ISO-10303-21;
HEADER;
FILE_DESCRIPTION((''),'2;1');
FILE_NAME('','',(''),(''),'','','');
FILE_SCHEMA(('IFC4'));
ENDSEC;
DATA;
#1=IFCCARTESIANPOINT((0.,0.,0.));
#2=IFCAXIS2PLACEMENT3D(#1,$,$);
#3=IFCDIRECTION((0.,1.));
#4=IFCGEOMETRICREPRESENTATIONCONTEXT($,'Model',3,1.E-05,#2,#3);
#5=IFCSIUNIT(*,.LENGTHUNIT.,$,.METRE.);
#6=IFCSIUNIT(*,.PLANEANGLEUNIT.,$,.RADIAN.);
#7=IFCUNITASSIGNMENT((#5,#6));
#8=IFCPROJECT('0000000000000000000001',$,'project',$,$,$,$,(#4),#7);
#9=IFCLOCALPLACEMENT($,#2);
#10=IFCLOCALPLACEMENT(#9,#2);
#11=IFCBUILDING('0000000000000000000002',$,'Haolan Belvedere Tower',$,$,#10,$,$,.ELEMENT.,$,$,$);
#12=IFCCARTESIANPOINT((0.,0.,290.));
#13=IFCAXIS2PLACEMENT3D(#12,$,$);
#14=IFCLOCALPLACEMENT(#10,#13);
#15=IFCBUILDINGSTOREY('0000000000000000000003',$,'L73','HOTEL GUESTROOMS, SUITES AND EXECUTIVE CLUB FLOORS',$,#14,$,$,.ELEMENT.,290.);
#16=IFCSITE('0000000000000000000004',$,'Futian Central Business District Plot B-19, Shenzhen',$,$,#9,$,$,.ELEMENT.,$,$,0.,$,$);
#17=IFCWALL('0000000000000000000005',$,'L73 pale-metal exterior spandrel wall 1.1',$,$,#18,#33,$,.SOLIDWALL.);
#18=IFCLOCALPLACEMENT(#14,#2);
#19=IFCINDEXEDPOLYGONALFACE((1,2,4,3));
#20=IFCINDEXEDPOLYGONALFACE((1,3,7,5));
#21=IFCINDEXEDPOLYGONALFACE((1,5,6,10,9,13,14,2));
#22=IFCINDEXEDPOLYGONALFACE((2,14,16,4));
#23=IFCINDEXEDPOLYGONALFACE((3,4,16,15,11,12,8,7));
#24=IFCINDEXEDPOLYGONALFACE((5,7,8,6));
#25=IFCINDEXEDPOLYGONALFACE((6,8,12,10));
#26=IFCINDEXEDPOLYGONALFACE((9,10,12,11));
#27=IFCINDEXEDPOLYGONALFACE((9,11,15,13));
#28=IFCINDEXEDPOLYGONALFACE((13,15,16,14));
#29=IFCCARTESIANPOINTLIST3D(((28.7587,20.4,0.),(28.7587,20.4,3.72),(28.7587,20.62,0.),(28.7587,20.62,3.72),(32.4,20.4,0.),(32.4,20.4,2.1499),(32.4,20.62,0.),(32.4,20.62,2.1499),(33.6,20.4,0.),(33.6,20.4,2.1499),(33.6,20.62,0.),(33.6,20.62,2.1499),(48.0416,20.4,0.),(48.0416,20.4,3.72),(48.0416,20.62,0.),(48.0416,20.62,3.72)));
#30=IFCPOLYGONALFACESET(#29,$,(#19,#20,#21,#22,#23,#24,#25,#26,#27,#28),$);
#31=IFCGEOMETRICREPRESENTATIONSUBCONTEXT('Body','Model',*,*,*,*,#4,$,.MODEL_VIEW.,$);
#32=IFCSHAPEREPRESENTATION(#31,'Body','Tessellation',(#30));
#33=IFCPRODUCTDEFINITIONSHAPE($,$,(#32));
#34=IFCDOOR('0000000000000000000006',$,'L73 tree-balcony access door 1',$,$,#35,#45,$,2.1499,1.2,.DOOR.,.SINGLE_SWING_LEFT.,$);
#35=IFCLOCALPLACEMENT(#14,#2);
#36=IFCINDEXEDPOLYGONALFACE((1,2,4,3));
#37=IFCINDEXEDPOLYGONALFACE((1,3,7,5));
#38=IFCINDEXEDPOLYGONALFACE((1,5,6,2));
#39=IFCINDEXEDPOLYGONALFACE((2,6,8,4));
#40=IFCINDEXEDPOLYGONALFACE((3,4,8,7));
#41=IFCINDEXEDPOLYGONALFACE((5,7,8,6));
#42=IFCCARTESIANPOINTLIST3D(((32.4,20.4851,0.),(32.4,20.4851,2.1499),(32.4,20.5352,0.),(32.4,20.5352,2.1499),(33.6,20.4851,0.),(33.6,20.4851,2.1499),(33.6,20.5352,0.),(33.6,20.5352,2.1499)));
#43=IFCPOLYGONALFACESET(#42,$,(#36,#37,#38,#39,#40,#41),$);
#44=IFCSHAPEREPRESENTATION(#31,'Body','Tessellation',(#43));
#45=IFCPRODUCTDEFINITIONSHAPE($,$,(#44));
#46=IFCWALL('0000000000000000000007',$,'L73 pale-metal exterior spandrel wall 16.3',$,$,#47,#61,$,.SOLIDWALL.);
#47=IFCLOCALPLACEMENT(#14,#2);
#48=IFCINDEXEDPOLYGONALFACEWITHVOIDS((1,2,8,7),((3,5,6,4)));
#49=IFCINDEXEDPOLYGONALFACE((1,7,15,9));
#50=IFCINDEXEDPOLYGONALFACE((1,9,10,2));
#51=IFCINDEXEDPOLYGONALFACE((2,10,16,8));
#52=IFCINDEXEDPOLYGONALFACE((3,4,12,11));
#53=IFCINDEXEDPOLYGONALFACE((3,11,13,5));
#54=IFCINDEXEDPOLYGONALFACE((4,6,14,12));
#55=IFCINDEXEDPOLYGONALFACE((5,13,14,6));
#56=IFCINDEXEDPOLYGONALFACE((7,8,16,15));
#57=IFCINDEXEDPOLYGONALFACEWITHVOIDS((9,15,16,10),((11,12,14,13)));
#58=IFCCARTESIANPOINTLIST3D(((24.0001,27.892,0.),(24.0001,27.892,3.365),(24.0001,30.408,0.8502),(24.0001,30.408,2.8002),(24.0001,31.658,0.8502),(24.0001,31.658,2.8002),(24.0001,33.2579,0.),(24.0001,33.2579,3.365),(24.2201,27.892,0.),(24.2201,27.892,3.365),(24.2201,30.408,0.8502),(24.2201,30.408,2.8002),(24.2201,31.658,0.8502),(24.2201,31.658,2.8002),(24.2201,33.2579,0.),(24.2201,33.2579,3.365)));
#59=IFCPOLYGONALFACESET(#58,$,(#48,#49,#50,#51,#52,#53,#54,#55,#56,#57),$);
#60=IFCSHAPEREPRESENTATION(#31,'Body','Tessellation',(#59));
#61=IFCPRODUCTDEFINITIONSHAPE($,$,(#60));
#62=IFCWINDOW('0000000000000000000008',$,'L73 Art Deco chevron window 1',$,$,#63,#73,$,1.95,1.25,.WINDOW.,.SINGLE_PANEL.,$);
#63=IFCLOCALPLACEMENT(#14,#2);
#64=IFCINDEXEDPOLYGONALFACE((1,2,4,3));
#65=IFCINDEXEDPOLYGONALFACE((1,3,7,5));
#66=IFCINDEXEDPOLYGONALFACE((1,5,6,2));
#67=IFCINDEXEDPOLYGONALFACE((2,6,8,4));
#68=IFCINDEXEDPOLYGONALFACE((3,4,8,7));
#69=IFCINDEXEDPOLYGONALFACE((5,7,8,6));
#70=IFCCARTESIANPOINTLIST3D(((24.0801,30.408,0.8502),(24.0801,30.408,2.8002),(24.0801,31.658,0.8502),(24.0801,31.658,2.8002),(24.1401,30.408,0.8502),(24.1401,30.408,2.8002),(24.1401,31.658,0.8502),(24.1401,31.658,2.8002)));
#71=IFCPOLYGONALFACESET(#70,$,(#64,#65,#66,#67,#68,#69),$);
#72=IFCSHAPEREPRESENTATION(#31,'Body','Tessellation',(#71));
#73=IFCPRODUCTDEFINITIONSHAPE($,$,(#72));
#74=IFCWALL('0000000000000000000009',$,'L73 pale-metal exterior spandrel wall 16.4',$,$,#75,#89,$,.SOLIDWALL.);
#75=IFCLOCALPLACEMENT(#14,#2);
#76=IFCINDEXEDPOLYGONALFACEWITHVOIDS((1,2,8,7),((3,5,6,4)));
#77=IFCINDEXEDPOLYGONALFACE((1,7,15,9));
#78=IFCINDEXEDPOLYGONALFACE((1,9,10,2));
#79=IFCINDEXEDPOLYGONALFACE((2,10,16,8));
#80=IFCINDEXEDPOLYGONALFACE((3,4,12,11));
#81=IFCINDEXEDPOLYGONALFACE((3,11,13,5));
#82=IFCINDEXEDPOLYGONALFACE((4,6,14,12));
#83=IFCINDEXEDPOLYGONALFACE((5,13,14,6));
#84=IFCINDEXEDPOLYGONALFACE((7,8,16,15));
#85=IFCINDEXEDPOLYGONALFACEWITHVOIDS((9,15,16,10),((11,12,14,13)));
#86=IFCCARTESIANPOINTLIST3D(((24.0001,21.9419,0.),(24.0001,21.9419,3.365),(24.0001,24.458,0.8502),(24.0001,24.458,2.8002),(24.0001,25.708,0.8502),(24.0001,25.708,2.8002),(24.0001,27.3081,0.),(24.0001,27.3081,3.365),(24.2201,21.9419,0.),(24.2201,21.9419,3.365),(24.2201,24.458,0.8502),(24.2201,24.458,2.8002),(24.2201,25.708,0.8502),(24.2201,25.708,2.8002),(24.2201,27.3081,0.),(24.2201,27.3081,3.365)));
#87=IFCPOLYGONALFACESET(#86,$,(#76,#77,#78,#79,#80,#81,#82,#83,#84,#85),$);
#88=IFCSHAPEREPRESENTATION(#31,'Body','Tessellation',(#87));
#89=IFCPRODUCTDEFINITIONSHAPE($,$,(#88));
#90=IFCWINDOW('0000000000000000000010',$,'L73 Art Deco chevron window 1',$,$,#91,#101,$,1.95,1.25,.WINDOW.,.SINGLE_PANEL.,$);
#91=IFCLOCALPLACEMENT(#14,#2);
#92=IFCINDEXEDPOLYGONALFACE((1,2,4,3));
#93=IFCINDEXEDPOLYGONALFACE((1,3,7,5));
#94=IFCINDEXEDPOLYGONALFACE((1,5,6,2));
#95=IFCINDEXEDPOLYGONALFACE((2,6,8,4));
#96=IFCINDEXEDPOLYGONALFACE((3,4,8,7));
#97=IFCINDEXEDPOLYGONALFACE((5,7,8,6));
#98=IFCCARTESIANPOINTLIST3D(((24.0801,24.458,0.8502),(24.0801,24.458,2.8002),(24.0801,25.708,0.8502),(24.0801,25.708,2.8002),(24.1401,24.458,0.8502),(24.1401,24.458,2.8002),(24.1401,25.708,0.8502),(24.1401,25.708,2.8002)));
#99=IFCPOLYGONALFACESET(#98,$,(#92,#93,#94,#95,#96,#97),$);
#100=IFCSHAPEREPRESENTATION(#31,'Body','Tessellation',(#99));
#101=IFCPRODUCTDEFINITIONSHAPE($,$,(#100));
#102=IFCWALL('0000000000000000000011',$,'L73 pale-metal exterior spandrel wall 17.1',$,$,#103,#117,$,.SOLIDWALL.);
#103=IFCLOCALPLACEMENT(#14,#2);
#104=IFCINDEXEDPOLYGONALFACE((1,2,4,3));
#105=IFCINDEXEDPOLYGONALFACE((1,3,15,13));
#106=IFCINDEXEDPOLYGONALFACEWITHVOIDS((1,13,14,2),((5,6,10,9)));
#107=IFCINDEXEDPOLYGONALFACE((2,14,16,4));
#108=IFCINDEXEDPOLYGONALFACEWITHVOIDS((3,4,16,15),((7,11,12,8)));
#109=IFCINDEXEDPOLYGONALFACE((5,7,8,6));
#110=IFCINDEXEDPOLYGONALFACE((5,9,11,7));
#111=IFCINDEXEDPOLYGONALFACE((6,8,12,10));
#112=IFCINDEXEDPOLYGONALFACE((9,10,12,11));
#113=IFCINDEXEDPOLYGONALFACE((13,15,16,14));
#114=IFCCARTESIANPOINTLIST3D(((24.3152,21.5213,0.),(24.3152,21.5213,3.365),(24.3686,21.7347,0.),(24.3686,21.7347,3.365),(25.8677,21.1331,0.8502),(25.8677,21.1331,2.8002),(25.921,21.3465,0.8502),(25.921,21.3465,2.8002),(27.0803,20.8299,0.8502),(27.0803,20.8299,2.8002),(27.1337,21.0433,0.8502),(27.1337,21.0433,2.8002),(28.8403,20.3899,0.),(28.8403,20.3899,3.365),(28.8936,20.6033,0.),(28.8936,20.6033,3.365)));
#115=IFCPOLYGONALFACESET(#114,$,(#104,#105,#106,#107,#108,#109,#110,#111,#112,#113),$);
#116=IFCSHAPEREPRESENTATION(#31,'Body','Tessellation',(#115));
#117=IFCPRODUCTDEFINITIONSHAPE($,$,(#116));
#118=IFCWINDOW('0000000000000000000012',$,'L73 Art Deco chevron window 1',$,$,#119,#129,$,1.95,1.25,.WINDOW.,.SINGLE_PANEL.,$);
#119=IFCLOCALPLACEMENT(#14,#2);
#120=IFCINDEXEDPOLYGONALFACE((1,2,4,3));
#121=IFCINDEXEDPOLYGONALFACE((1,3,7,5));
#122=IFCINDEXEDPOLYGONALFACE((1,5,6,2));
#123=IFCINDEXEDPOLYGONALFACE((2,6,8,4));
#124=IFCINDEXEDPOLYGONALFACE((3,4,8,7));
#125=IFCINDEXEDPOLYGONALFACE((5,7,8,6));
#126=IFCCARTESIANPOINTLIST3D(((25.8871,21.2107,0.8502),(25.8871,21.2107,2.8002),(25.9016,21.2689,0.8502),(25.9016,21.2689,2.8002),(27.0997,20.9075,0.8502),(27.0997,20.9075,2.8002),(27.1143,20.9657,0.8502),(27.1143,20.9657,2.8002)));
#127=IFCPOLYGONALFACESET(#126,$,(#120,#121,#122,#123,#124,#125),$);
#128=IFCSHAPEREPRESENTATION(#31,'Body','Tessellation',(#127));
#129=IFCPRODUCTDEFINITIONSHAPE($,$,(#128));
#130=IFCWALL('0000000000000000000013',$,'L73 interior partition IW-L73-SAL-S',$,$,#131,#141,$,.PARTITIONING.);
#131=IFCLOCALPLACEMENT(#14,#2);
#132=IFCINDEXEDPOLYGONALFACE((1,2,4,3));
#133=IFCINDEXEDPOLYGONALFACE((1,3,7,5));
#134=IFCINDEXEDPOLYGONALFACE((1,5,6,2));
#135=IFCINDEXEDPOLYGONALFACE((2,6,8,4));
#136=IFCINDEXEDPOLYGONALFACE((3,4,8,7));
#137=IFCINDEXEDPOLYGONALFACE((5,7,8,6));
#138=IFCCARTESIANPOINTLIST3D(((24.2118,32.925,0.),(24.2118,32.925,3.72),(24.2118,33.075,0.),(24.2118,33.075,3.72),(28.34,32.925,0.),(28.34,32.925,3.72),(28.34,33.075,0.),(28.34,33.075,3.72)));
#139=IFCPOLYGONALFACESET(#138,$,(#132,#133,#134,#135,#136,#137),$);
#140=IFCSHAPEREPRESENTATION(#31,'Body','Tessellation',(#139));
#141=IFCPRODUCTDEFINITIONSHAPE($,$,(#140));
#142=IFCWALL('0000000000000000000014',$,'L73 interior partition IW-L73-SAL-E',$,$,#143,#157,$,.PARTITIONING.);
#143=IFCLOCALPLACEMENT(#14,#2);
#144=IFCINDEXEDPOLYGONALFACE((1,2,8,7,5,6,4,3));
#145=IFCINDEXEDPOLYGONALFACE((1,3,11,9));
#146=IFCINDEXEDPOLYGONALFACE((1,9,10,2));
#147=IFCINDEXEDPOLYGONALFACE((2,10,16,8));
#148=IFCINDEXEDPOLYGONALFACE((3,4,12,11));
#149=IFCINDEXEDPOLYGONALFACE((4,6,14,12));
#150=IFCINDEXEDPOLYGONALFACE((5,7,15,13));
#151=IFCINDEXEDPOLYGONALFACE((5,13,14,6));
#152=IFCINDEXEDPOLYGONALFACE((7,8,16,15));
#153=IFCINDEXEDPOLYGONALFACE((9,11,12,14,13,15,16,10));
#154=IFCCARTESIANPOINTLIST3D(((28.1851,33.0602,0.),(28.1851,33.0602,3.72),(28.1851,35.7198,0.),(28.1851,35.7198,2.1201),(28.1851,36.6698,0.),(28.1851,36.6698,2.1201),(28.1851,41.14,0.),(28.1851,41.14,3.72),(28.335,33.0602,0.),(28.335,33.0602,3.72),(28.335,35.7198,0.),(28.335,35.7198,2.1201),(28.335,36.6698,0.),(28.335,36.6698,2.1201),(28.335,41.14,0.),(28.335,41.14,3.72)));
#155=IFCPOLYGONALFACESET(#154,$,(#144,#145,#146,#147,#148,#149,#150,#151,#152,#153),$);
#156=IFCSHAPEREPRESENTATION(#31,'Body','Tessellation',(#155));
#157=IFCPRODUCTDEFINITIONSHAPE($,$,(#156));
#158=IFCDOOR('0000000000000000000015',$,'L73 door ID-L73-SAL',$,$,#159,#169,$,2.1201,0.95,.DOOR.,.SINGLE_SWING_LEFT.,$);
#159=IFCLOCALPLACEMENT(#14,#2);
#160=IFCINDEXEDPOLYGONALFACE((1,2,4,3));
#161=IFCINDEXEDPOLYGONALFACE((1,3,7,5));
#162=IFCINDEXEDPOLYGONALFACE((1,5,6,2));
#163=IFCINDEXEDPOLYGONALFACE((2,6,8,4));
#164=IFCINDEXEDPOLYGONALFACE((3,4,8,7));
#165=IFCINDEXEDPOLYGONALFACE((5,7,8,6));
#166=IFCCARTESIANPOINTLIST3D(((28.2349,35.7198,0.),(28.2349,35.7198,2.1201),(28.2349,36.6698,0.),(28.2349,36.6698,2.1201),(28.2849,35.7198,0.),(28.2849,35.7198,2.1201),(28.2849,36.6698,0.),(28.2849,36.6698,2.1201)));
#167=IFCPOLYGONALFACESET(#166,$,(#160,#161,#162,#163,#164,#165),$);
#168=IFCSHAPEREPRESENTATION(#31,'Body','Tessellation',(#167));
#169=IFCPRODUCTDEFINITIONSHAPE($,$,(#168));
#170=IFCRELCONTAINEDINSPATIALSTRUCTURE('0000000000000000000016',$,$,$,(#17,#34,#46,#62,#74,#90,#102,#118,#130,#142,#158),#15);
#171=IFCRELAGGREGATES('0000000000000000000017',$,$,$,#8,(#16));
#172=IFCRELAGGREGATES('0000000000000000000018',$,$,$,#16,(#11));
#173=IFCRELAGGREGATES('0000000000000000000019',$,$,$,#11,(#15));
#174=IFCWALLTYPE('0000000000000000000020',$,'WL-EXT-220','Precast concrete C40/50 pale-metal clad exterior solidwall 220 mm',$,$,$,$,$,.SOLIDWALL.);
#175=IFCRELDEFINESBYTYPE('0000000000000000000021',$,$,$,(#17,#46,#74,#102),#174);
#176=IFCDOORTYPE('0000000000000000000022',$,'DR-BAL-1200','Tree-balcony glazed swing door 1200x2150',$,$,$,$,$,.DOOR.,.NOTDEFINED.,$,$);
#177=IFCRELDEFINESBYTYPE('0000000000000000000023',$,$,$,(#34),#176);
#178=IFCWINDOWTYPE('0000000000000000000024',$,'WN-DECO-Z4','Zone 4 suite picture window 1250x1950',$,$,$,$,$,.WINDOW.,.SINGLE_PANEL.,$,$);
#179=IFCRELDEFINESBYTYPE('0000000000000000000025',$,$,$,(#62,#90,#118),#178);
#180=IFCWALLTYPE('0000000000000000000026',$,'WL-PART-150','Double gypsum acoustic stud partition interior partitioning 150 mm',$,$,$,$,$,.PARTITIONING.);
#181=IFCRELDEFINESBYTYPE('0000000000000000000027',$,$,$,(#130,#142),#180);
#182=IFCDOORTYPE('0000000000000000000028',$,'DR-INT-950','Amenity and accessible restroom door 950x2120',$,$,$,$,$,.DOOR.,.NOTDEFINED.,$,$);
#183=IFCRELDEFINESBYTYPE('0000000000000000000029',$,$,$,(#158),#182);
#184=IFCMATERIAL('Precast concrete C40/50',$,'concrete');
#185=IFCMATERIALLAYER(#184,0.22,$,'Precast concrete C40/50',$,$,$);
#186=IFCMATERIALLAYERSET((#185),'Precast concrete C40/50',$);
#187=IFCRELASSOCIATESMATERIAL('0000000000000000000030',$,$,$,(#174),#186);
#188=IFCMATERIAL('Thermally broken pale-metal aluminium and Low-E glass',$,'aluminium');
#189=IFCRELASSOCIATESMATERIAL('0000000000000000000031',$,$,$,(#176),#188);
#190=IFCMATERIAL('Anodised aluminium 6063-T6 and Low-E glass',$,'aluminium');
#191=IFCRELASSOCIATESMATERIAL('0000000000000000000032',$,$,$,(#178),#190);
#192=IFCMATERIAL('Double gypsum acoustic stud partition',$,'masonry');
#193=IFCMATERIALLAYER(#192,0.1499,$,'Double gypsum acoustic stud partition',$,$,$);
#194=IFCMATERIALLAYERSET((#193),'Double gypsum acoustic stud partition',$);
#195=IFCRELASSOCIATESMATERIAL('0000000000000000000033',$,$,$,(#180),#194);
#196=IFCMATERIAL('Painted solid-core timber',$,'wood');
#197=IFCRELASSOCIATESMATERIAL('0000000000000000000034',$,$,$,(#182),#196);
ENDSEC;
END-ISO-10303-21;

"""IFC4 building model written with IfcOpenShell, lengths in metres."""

from ifc_helpers import new_model, si_unit, direction, frame, frame_2d, origin, place, context, subcontext, project, spatial, rectangle, extrude, material, layer, layer_set, type_object, element, fill, save


model = new_model("IFC4")

# Units and contexts
model_context = context("Model", 3, precision=1e-05, world=origin(), true_north=direction((0.0, 1.0)))
body_context = subcontext(model_context, "Body", "Model", "MODEL_VIEW")
ifc_project = project(units=[si_unit("LENGTHUNIT", "METRE"), si_unit("PLANEANGLEUNIT", "RADIAN")], contexts=[model_context])

# Site, building, storey
site_placement = place(None, origin())
site = spatial("IfcSite", under=ifc_project, at=site_placement, Name="Futian Central Business District Plot B-19, Shenzhen", CompositionType="ELEMENT", RefElevation=0.0)
building_placement = place(site_placement, origin())
building = spatial("IfcBuilding", under=site, at=building_placement, Name="Haolan Belvedere Tower", CompositionType="ELEMENT")
storey_placement = place(building_placement, frame((0.0, 0.0, 290.0)))
storey = spatial("IfcBuildingStorey", under=building, at=storey_placement, Name="L73", Description="HOTEL GUESTROOMS, SUITES AND EXECUTIVE CLUB FLOORS", CompositionType="ELEMENT", Elevation=290.0)

# Wall, opening, door
ifc_material_1 = material(Name="Precast concrete C40/50", Category="concrete")
ifc_layer_1 = layer(ifc_material_1, 0.22, Name="Precast concrete C40/50")
ifc_layer_set_1 = layer_set([ifc_layer_1], Name="Precast concrete C40/50")
wall_type_1 = type_object("IfcWallType", Name="WL-EXT-220", Description="Precast concrete C40/50 pale-metal clad exterior solidwall 220 mm", PredefinedType="SOLIDWALL", material=ifc_layer_set_1)
wall_1_placement = place(storey_placement, frame((28.7585, 20.51, 0.0), z_axis=(0.0, 0.0, 1.0), x_axis=(1.0, 0.0, 0.0)))
wall_1 = element("IfcWall", 1, at=wall_1_placement, inside=storey, type_object=wall_type_1, Name="L73 pale-metal exterior spandrel wall 1.1", PredefinedType="SOLIDWALL", context=body_context, shape_type="SweptSolid", body=[
    extrude(rectangle(XDim=19.283, YDim=0.22, at=frame_2d((9.6416, 0.0))), origin(), (0.0, 0.0, 1.0), 3.72),
])
opening_1_placement = place(wall_1_placement, frame((4.8416, 0.0, 0.0), z_axis=(0.0, 0.0, 1.0), x_axis=(-1.0, 0.0, 0.0)))
opening_1 = element("IfcOpeningElement", 2, at=opening_1_placement, cuts=wall_1, PredefinedType="OPENING", context=body_context, shape_type="SweptSolid", body=[
    extrude(rectangle(XDim=1.2, YDim=2.1499, at=frame_2d((0.6001, 1.075))), frame((0.0, 0.1199, 0.0), z_axis=(0.0, -1.0, 0.0), x_axis=(1.0, 0.0, 0.0)), (0.0, 0.0, 1.0), 0.24),
])
ifc_material_2 = material(Name="Thermally broken pale-metal aluminium and Low-E glass", Category="aluminium")
door_type_1 = type_object("IfcDoorType", Name="DR-BAL-1200", Description="Tree-balcony glazed swing door 1200x2150", OperationType="NOTDEFINED", PredefinedType="DOOR", material=ifc_material_2)
door_1_placement = place(opening_1_placement, origin())
door_1 = element("IfcDoor", 3, at=door_1_placement, inside=storey, type_object=door_type_1, Name="L73 tree-balcony access door 1", OperationType="SINGLE_SWING_LEFT", OverallHeight=2.1499, OverallWidth=1.2, PredefinedType="DOOR", context=body_context, shape_type="SweptSolid", body=[
    extrude(rectangle(XDim=1.2, YDim=2.1499, at=frame_2d((0.6001, 1.075))), frame((0.0, 0.0249, 0.0), z_axis=(0.0, -1.0, 0.0), x_axis=(1.0, 0.0, 0.0)), (0.0, 0.0, 1.0), 0.05),
])
fill(opening_1, door_1)

# Walls, openings, windows
wall_2_placement = place(storey_placement, frame((24.1101, 33.2581, 0.0), z_axis=(0.0, 0.0, 1.0), x_axis=(0.0, -1.0, 0.0)))
wall_2 = element("IfcWall", 4, at=wall_2_placement, inside=storey, type_object=wall_type_1, Name="L73 pale-metal exterior spandrel wall 16.3", PredefinedType="SOLIDWALL", context=body_context, shape_type="SweptSolid", body=[
    extrude(rectangle(XDim=5.366, YDim=0.22, at=frame_2d((2.6831, 0.0))), origin(), (0.0, 0.0, 1.0), 3.365),
])
opening_2_placement = place(wall_2_placement, frame((1.6001, 0.0, 0.8501)))
opening_2 = element("IfcOpeningElement", 5, at=opening_2_placement, cuts=wall_2, PredefinedType="OPENING", context=body_context, shape_type="SweptSolid", body=[
    extrude(rectangle(XDim=1.25, YDim=1.95, at=frame_2d((0.625, 0.9751))), frame((0.0, 0.1199, 0.0), z_axis=(0.0, -1.0, 0.0), x_axis=(1.0, 0.0, 0.0)), (0.0, 0.0, 1.0), 0.24),
])
ifc_material_3 = material(Name="Anodised aluminium 6063-T6 and Low-E glass", Category="aluminium")
window_type = type_object("IfcWindowType", Name="WN-DECO-Z4", Description="Zone 4 suite picture window 1250x1950", PartitioningType="SINGLE_PANEL", PredefinedType="WINDOW", material=ifc_material_3)
window_1_placement = place(opening_2_placement, origin())
window_1 = element("IfcWindow", 6, at=window_1_placement, inside=storey, type_object=window_type, Name="L73 Art Deco chevron window 1", OverallHeight=1.95, OverallWidth=1.25, PartitioningType="SINGLE_PANEL", PredefinedType="WINDOW", context=body_context, shape_type="SweptSolid", body=[
    extrude(rectangle(XDim=1.25, YDim=1.95, at=frame_2d((0.625, 0.9751))), frame((0.0, 0.03, 0.0), z_axis=(0.0, -1.0, 0.0), x_axis=(1.0, 0.0, 0.0)), (0.0, 0.0, 1.0), 0.0601),
])
fill(opening_2, window_1)
wall_3_placement = place(storey_placement, frame((24.1101, 27.3081, 0.0), z_axis=(0.0, 0.0, 1.0), x_axis=(0.0, -1.0, 0.0)))
wall_3 = element("IfcWall", 7, at=wall_3_placement, inside=storey, type_object=wall_type_1, Name="L73 pale-metal exterior spandrel wall 16.4", PredefinedType="SOLIDWALL", context=body_context, shape_type="SweptSolid", body=[
    extrude(rectangle(XDim=5.3662, YDim=0.22, at=frame_2d((2.6831, 0.0))), origin(), (0.0, 0.0, 1.0), 3.365),
])
opening_3_placement = place(wall_3_placement, frame((1.6001, 0.0, 0.8501)))
opening_3 = element("IfcOpeningElement", 8, at=opening_3_placement, cuts=wall_3, PredefinedType="OPENING", context=body_context, shape_type="SweptSolid", body=[
    extrude(rectangle(XDim=1.25, YDim=1.95, at=frame_2d((0.625, 0.9751))), frame((0.0, 0.1199, 0.0), z_axis=(0.0, -1.0, 0.0), x_axis=(1.0, 0.0, 0.0)), (0.0, 0.0, 1.0), 0.24),
])
window_2_placement = place(opening_3_placement, origin())
window_2 = element("IfcWindow", 9, at=window_2_placement, inside=storey, type_object=window_type, Name="L73 Art Deco chevron window 1", OverallHeight=1.95, OverallWidth=1.25, PartitioningType="SINGLE_PANEL", PredefinedType="WINDOW", context=body_context, shape_type="SweptSolid", body=[
    extrude(rectangle(XDim=1.25, YDim=1.95, at=frame_2d((0.625, 0.9751))), frame((0.0, 0.03, 0.0), z_axis=(0.0, -1.0, 0.0), x_axis=(1.0, 0.0, 0.0)), (0.0, 0.0, 1.0), 0.0601),
])
fill(opening_3, window_2)
wall_4_placement = place(storey_placement, frame((24.342, 21.6279, 0.0), z_axis=(0.0, 0.0, 1.0), x_axis=(0.970136, -0.24256, 0.0)))
wall_4 = element("IfcWall", 10, at=wall_4_placement, inside=storey, type_object=wall_type_1, Name="L73 pale-metal exterior spandrel wall 17.1", PredefinedType="SOLIDWALL", context=body_context, shape_type="SweptSolid", body=[
    extrude(rectangle(XDim=4.6643, YDim=0.22, at=frame_2d((2.332, 0.0))), origin(), (0.0, 0.0, 1.0), 3.365),
])
opening_4_placement = place(wall_4_placement, frame((1.6001, 0.0, 0.8501)))
opening_4 = element("IfcOpeningElement", 11, at=opening_4_placement, cuts=wall_4, PredefinedType="OPENING", context=body_context, shape_type="SweptSolid", body=[
    extrude(rectangle(XDim=1.25, YDim=1.95, at=frame_2d((0.625, 0.9751))), frame((0.0, 0.1199, 0.0), z_axis=(0.0, -1.0, 0.0), x_axis=(1.0, 0.0, 0.0)), (0.0, 0.0, 1.0), 0.24),
])
window_3_placement = place(opening_4_placement, origin())
window_3 = element("IfcWindow", 12, at=window_3_placement, inside=storey, type_object=window_type, Name="L73 Art Deco chevron window 1", OverallHeight=1.95, OverallWidth=1.25, PartitioningType="SINGLE_PANEL", PredefinedType="WINDOW", context=body_context, shape_type="SweptSolid", body=[
    extrude(rectangle(XDim=1.25, YDim=1.95, at=frame_2d((0.625, 0.9751))), frame((0.0, 0.03, 0.0), z_axis=(0.0, -1.0, 0.0), x_axis=(1.0, 0.0, 0.0)), (0.0, 0.0, 1.0), 0.0601),
])
fill(opening_4, window_3)

# Wall
ifc_material_4 = material(Name="Double gypsum acoustic stud partition", Category="masonry")
ifc_layer_2 = layer(ifc_material_4, 0.1499, Name="Double gypsum acoustic stud partition")
ifc_layer_set_2 = layer_set([ifc_layer_2], Name="Double gypsum acoustic stud partition")
wall_type_2 = type_object("IfcWallType", Name="WL-PART-150", Description="Double gypsum acoustic stud partition interior partitioning 150 mm", PredefinedType="PARTITIONING", material=ifc_layer_set_2)
wall_5_placement = place(storey_placement, frame((24.2119, 33.0, 0.0), z_axis=(0.0, 0.0, 1.0), x_axis=(1.0, 0.0, 0.0)))
element("IfcWall", 13, at=wall_5_placement, inside=storey, type_object=wall_type_2, Name="L73 interior partition IW-L73-SAL-S", PredefinedType="PARTITIONING", context=body_context, shape_type="SweptSolid", body=[
    extrude(rectangle(XDim=4.1282, YDim=0.1499, at=frame_2d((2.064, 0.0))), origin(), (0.0, 0.0, 1.0), 3.72),
])

# Wall, opening, door
wall_6_placement = place(storey_placement, frame((28.26, 33.0601, 0.0), z_axis=(0.0, 0.0, 1.0), x_axis=(0.0, 1.0, 0.0)))
wall_6 = element("IfcWall", 14, at=wall_6_placement, inside=storey, type_object=wall_type_2, Name="L73 interior partition IW-L73-SAL-E", PredefinedType="PARTITIONING", context=body_context, shape_type="SweptSolid", body=[
    extrude(rectangle(XDim=8.0798, YDim=0.1499, at=frame_2d((4.04, 0.0))), origin(), (0.0, 0.0, 1.0), 3.72),
])
opening_5_placement = place(wall_6_placement, frame((3.6099, 0.0, 0.0), z_axis=(0.0, 0.0, 1.0), x_axis=(-1.0, 0.0, 0.0)))
opening_5 = element("IfcOpeningElement", 15, at=opening_5_placement, cuts=wall_6, PredefinedType="OPENING", context=body_context, shape_type="SweptSolid", body=[
    extrude(rectangle(XDim=0.95, YDim=2.1201, at=frame_2d((0.4751, 1.0601))), frame((0.0, 0.085, 0.0), z_axis=(0.0, -1.0, 0.0), x_axis=(1.0, 0.0, 0.0)), (0.0, 0.0, 1.0), 0.1699),
])
ifc_material_5 = material(Name="Painted solid-core timber", Category="wood")
door_type_2 = type_object("IfcDoorType", Name="DR-INT-950", Description="Amenity and accessible restroom door 950x2120", OperationType="NOTDEFINED", PredefinedType="DOOR", material=ifc_material_5)
door_2_placement = place(opening_5_placement, origin())
door_2 = element("IfcDoor", 16, at=door_2_placement, inside=storey, type_object=door_type_2, Name="L73 door ID-L73-SAL", OperationType="SINGLE_SWING_LEFT", OverallHeight=2.1201, OverallWidth=0.95, PredefinedType="DOOR", context=body_context, shape_type="SweptSolid", body=[
    extrude(rectangle(XDim=0.95, YDim=2.1201, at=frame_2d((0.4751, 1.0601))), frame((0.0, 0.0249, 0.0), z_axis=(0.0, -1.0, 0.0), x_axis=(1.0, 0.0, 0.0)), (0.0, 0.0, 1.0), 0.05),
])
fill(opening_5, door_2)

save(model, "model.ifc")
